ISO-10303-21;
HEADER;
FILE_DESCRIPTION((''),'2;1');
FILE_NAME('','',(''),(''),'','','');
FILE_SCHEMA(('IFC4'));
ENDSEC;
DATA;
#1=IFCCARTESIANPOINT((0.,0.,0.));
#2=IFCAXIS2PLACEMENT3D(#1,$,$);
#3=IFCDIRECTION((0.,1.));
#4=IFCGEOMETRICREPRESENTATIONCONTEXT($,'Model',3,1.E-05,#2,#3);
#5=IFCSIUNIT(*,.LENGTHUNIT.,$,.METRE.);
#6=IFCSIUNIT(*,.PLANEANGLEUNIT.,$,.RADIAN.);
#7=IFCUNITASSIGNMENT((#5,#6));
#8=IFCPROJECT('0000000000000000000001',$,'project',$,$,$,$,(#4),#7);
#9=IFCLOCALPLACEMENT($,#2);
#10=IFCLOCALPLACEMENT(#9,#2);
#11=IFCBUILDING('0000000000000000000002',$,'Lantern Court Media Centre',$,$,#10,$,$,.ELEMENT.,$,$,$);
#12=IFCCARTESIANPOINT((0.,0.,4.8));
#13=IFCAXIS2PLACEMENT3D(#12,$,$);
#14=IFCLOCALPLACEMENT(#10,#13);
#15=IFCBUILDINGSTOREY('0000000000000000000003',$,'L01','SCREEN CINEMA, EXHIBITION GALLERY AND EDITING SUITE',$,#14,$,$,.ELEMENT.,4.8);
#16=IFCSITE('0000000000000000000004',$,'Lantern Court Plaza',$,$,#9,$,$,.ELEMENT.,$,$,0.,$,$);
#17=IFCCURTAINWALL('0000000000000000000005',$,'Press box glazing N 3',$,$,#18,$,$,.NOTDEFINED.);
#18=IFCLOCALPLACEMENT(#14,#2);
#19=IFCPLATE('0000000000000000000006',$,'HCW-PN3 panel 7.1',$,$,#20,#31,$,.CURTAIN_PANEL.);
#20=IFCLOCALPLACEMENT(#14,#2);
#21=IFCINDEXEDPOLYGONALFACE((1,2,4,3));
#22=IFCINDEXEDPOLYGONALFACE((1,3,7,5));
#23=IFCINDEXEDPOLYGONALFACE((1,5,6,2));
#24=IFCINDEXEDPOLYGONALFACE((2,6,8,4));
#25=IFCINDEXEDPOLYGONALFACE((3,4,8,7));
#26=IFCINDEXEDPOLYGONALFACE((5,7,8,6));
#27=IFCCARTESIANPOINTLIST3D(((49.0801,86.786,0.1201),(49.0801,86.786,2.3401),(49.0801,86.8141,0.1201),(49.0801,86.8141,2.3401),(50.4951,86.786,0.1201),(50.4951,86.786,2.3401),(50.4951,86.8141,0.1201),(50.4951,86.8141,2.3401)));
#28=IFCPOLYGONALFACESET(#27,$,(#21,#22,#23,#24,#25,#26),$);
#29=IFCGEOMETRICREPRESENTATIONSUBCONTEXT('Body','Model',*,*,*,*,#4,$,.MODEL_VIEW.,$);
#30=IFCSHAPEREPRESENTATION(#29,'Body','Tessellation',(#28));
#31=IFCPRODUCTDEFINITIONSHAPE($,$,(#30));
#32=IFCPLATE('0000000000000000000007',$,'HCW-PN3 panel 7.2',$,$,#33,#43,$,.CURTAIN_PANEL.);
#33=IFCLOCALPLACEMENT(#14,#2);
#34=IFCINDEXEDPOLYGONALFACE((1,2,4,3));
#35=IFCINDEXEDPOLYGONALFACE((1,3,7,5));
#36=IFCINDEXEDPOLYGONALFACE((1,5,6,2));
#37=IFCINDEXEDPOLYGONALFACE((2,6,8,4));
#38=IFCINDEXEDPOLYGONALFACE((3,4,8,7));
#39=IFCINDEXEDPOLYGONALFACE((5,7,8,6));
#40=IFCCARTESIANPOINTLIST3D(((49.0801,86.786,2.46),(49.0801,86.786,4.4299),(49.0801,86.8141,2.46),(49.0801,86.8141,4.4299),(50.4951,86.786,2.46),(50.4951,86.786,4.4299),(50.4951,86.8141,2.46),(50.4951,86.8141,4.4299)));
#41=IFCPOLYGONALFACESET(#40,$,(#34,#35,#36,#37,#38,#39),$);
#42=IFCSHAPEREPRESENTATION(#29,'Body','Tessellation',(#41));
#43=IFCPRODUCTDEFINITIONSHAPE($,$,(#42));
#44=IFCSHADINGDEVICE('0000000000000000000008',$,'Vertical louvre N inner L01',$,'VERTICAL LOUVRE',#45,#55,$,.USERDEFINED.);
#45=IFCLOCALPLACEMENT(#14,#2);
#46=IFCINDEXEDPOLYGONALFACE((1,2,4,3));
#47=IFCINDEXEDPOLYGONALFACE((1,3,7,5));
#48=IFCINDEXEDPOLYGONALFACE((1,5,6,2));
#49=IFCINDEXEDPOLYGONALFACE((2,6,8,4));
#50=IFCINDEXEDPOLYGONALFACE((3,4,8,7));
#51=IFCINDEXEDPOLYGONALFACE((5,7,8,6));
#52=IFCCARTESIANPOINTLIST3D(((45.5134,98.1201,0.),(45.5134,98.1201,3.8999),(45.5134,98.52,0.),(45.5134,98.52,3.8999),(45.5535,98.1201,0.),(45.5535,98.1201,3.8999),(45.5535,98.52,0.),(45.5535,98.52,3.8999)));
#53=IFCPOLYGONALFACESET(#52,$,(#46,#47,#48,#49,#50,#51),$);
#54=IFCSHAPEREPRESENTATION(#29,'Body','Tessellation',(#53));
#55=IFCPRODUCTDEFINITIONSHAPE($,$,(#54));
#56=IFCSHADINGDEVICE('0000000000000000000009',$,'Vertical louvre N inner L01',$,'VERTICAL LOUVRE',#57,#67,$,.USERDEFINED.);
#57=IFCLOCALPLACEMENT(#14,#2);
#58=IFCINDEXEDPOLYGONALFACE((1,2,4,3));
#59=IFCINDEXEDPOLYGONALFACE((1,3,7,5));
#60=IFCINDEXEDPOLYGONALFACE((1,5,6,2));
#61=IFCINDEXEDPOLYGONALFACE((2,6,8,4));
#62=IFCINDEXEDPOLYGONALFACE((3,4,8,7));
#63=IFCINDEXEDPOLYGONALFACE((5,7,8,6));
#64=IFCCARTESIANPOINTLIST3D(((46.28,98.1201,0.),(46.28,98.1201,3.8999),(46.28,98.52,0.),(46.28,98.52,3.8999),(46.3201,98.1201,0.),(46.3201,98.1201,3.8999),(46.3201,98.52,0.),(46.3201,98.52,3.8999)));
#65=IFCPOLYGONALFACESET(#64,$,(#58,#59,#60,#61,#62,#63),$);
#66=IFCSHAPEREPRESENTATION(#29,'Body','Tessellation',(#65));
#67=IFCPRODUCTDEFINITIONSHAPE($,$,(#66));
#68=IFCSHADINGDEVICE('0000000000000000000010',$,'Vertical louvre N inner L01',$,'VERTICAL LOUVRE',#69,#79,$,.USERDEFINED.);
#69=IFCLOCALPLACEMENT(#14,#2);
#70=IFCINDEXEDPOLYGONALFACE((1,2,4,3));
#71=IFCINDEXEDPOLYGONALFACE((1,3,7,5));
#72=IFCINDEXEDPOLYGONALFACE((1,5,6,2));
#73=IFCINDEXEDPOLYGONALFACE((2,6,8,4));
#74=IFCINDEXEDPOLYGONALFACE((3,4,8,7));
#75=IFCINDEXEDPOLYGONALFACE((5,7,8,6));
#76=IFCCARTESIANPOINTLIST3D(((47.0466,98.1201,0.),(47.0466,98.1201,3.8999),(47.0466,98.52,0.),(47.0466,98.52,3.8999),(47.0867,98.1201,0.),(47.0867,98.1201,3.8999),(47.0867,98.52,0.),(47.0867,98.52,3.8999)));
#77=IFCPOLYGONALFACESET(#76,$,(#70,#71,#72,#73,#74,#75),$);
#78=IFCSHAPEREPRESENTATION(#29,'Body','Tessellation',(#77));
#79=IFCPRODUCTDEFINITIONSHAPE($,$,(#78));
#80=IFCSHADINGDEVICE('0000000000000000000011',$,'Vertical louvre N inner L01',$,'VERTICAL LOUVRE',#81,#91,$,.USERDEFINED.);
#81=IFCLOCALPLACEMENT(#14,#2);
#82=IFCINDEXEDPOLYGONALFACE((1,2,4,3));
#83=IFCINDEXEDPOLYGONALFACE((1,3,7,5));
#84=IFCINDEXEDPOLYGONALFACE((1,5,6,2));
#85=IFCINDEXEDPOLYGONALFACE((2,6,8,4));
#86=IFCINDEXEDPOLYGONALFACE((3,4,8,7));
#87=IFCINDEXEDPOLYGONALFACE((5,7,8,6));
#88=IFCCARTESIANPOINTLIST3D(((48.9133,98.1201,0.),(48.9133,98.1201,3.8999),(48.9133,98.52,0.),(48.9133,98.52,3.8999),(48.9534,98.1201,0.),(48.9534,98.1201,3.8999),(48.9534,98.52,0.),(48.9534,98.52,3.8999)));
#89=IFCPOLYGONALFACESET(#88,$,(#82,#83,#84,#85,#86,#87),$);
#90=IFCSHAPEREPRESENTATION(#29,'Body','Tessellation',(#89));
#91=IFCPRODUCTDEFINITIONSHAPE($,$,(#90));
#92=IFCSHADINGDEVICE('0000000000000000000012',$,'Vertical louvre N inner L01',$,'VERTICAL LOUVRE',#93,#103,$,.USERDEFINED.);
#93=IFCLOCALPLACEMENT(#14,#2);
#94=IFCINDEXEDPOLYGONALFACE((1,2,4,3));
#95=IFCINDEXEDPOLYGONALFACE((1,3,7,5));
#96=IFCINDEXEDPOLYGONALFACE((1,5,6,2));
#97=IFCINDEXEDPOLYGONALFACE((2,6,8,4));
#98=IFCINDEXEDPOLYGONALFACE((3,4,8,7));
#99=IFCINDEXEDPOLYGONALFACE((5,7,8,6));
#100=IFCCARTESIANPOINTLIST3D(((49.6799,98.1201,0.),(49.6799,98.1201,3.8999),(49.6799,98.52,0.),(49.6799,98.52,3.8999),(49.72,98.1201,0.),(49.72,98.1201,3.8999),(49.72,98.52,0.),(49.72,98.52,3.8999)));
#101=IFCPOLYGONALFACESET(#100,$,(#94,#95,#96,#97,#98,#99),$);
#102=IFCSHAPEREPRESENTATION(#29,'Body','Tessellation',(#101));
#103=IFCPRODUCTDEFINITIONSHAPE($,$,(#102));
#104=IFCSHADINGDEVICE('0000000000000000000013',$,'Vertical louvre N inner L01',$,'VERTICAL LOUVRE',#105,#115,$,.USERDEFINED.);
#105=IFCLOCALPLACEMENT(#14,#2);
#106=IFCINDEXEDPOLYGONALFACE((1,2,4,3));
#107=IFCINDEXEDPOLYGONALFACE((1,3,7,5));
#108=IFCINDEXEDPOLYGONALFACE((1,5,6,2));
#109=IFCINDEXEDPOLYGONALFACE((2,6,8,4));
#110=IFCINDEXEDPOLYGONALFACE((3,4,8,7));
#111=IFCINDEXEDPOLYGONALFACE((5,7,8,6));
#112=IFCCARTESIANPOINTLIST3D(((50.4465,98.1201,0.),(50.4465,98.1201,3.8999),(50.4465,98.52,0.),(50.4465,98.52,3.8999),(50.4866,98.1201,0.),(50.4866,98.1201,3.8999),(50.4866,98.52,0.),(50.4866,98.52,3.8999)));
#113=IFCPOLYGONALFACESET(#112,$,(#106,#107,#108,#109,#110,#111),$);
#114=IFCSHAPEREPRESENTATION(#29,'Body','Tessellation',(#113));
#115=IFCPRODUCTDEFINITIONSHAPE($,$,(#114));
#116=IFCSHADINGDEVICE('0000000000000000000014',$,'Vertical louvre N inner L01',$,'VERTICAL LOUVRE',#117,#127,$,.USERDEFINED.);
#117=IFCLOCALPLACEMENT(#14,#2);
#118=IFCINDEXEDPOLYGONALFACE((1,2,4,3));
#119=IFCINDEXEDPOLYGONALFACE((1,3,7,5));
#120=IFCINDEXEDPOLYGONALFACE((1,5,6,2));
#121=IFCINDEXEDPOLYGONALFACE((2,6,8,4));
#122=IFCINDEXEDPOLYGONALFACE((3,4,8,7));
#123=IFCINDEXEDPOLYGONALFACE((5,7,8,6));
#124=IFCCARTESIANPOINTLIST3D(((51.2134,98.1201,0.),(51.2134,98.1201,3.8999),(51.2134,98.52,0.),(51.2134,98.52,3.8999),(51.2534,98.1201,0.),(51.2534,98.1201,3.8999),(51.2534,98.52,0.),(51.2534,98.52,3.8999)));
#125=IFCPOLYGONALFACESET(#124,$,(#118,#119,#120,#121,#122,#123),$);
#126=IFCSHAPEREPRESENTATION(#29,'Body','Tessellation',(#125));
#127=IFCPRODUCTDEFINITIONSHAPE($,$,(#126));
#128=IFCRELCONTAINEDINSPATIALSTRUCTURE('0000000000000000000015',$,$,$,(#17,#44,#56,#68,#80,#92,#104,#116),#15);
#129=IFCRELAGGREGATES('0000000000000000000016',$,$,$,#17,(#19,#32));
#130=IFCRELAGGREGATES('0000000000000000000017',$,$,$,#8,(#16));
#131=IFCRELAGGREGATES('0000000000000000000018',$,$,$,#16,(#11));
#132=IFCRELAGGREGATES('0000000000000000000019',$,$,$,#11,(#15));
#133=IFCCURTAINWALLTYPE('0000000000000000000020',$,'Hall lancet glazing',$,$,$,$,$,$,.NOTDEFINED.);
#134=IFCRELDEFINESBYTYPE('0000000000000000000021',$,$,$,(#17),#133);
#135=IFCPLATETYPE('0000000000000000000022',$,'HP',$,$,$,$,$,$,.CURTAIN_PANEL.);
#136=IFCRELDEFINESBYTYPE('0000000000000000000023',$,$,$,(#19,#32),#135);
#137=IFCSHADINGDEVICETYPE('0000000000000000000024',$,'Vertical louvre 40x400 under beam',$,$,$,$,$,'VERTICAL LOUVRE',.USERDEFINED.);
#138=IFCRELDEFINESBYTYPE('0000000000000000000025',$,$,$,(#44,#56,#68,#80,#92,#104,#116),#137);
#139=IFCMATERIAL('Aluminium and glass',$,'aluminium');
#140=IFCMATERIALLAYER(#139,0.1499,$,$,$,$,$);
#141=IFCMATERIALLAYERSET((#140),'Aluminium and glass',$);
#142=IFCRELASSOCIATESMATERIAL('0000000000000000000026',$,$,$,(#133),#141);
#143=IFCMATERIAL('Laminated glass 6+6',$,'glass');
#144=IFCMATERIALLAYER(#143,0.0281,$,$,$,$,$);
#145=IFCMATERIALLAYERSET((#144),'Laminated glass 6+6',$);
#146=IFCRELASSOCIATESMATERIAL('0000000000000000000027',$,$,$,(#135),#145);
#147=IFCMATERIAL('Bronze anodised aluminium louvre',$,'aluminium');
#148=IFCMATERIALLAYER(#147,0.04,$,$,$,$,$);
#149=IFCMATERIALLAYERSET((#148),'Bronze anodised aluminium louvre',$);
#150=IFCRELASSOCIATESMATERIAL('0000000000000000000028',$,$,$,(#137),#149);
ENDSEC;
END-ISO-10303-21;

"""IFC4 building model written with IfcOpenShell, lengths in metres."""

from ifc_helpers import new_model, si_unit, direction, frame, origin, origin_2d, place, context, subcontext, project, spatial, rectangle, extrude, material, layer, layer_set, type_object, element, aggregate, save


model = new_model("IFC4")

# Units and contexts
model_context = context("Model", 3, precision=1e-05, world=origin(), true_north=direction((0.0, 1.0)))
body_context = subcontext(model_context, "Body", "Model", "MODEL_VIEW")
ifc_project = project(units=[si_unit("LENGTHUNIT", "METRE"), si_unit("PLANEANGLEUNIT", "RADIAN")], contexts=[model_context])

# Site, building, storey
site_placement = place(None, origin())
site = spatial("IfcSite", under=ifc_project, at=site_placement, Name="Lantern Court Plaza", CompositionType="ELEMENT", RefElevation=0.0)
building_placement = place(site_placement, origin())
building = spatial("IfcBuilding", under=site, at=building_placement, Name="Lantern Court Media Centre", CompositionType="ELEMENT")
storey_placement = place(building_placement, frame((0.0, 0.0, 4.8)))
storey = spatial("IfcBuildingStorey", under=building, at=storey_placement, Name="L01", Description="SCREEN CINEMA, EXHIBITION GALLERY AND EDITING SUITE", CompositionType="ELEMENT", Elevation=4.8)

# Curtain wall
ifc_material_1 = material(Name="Aluminium and glass", Category="aluminium")
ifc_layer_1 = layer(ifc_material_1, 0.1499)
ifc_layer_set_1 = layer_set([ifc_layer_1], Name="Aluminium and glass")
curtain_wall_type_1 = type_object("IfcCurtainWallType", Name="Hall lancet glazing", PredefinedType="NOTDEFINED", material=ifc_layer_set_1)
curtain_wall_1_placement = place(storey_placement, origin())
curtain_wall_1 = element("IfcCurtainWall", 1, at=curtain_wall_1_placement, inside=storey, type_object=curtain_wall_type_1, Name="Press box glazing N 3", PredefinedType="NOTDEFINED")

# Plates
ifc_material_2 = material(Name="Laminated glass 6+6", Category="glass")
ifc_layer_2 = layer(ifc_material_2, 0.0281)
ifc_layer_set_2 = layer_set([ifc_layer_2], Name="Laminated glass 6+6")
plate_type = type_object("IfcPlateType", Name="HP", PredefinedType="CURTAIN_PANEL", material=ifc_layer_set_2)
plate_1_placement = place(storey_placement, frame((49.7876, 86.8, 0.1201), z_axis=(0.0, 0.0, 1.0), x_axis=(1.0, 0.0, 0.0)))
plate_1 = element("IfcPlate", 2, at=plate_1_placement, type_object=plate_type, Name="HCW-PN3 panel 7.1", PredefinedType="CURTAIN_PANEL", context=body_context, shape_type="SweptSolid", body=[
    extrude(rectangle(XDim=1.415, YDim=0.0281, at=origin_2d()), origin(), (0.0, 0.0, 1.0), 2.22),
])
plate_2_placement = place(storey_placement, frame((49.7876, 86.8, 2.46), z_axis=(0.0, 0.0, 1.0), x_axis=(1.0, 0.0, 0.0)))
plate_2 = element("IfcPlate", 3, at=plate_2_placement, type_object=plate_type, Name="HCW-PN3 panel 7.2", PredefinedType="CURTAIN_PANEL", context=body_context, shape_type="SweptSolid", body=[
    extrude(rectangle(XDim=1.415, YDim=0.0281, at=origin_2d()), origin(), (0.0, 0.0, 1.0), 1.97),
])
aggregate(curtain_wall_1, [plate_1, plate_2])

# Shading devices
ifc_material_3 = material(Name="Bronze anodised aluminium louvre", Category="aluminium")
ifc_layer_3 = layer(ifc_material_3, 0.04)
ifc_layer_set_3 = layer_set([ifc_layer_3], Name="Bronze anodised aluminium louvre")
shading_device_type = type_object("IfcShadingDeviceType", Name="Vertical louvre 40x400 under beam", ElementType="VERTICAL LOUVRE", PredefinedType="USERDEFINED", material=ifc_layer_set_3)
for number, where, z_axis, x_axis, name in (
    (4, (45.5334, 98.3201, 0.0), (0.0, 0.0, 1.0), (1.0, 0.0, 0.0), "Vertical louvre N inner L01"),
    (5, (46.3, 98.3201, 0.0), (0.0, 0.0, 1.0), (1.0, 0.0, 0.0), "Vertical louvre N inner L01"),
    (6, (47.0667, 98.3201, 0.0), (0.0, 0.0, 1.0), (1.0, 0.0, 0.0), "Vertical louvre N inner L01"),
    (7, (48.9333, 98.3201, 0.0), (0.0, 0.0, 1.0), (1.0, 0.0, 0.0), "Vertical louvre N inner L01"),
    (8, (49.7, 98.3201, 0.0), (0.0, 0.0, 1.0), (1.0, 0.0, 0.0), "Vertical louvre N inner L01"),
    (9, (50.4666, 98.3201, 0.0), (0.0, 0.0, 1.0), (1.0, 0.0, 0.0), "Vertical louvre N inner L01"),
    (10, (51.2334, 98.3201, 0.0), (0.0, 0.0, 1.0), (1.0, 0.0, 0.0), "Vertical louvre N inner L01"),
):
    element("IfcShadingDevice", number, at=place(storey_placement, frame(where, z_axis=z_axis, x_axis=x_axis)), inside=storey, type_object=shading_device_type, Name=name, ObjectType="VERTICAL LOUVRE", PredefinedType="USERDEFINED", context=body_context, shape_type="SweptSolid", body=[
        extrude(rectangle(XDim=0.04, YDim=0.3999, at=origin_2d()), origin(), (0.0, 0.0, 1.0), 3.8999),
    ])

save(model, "model.ifc")
